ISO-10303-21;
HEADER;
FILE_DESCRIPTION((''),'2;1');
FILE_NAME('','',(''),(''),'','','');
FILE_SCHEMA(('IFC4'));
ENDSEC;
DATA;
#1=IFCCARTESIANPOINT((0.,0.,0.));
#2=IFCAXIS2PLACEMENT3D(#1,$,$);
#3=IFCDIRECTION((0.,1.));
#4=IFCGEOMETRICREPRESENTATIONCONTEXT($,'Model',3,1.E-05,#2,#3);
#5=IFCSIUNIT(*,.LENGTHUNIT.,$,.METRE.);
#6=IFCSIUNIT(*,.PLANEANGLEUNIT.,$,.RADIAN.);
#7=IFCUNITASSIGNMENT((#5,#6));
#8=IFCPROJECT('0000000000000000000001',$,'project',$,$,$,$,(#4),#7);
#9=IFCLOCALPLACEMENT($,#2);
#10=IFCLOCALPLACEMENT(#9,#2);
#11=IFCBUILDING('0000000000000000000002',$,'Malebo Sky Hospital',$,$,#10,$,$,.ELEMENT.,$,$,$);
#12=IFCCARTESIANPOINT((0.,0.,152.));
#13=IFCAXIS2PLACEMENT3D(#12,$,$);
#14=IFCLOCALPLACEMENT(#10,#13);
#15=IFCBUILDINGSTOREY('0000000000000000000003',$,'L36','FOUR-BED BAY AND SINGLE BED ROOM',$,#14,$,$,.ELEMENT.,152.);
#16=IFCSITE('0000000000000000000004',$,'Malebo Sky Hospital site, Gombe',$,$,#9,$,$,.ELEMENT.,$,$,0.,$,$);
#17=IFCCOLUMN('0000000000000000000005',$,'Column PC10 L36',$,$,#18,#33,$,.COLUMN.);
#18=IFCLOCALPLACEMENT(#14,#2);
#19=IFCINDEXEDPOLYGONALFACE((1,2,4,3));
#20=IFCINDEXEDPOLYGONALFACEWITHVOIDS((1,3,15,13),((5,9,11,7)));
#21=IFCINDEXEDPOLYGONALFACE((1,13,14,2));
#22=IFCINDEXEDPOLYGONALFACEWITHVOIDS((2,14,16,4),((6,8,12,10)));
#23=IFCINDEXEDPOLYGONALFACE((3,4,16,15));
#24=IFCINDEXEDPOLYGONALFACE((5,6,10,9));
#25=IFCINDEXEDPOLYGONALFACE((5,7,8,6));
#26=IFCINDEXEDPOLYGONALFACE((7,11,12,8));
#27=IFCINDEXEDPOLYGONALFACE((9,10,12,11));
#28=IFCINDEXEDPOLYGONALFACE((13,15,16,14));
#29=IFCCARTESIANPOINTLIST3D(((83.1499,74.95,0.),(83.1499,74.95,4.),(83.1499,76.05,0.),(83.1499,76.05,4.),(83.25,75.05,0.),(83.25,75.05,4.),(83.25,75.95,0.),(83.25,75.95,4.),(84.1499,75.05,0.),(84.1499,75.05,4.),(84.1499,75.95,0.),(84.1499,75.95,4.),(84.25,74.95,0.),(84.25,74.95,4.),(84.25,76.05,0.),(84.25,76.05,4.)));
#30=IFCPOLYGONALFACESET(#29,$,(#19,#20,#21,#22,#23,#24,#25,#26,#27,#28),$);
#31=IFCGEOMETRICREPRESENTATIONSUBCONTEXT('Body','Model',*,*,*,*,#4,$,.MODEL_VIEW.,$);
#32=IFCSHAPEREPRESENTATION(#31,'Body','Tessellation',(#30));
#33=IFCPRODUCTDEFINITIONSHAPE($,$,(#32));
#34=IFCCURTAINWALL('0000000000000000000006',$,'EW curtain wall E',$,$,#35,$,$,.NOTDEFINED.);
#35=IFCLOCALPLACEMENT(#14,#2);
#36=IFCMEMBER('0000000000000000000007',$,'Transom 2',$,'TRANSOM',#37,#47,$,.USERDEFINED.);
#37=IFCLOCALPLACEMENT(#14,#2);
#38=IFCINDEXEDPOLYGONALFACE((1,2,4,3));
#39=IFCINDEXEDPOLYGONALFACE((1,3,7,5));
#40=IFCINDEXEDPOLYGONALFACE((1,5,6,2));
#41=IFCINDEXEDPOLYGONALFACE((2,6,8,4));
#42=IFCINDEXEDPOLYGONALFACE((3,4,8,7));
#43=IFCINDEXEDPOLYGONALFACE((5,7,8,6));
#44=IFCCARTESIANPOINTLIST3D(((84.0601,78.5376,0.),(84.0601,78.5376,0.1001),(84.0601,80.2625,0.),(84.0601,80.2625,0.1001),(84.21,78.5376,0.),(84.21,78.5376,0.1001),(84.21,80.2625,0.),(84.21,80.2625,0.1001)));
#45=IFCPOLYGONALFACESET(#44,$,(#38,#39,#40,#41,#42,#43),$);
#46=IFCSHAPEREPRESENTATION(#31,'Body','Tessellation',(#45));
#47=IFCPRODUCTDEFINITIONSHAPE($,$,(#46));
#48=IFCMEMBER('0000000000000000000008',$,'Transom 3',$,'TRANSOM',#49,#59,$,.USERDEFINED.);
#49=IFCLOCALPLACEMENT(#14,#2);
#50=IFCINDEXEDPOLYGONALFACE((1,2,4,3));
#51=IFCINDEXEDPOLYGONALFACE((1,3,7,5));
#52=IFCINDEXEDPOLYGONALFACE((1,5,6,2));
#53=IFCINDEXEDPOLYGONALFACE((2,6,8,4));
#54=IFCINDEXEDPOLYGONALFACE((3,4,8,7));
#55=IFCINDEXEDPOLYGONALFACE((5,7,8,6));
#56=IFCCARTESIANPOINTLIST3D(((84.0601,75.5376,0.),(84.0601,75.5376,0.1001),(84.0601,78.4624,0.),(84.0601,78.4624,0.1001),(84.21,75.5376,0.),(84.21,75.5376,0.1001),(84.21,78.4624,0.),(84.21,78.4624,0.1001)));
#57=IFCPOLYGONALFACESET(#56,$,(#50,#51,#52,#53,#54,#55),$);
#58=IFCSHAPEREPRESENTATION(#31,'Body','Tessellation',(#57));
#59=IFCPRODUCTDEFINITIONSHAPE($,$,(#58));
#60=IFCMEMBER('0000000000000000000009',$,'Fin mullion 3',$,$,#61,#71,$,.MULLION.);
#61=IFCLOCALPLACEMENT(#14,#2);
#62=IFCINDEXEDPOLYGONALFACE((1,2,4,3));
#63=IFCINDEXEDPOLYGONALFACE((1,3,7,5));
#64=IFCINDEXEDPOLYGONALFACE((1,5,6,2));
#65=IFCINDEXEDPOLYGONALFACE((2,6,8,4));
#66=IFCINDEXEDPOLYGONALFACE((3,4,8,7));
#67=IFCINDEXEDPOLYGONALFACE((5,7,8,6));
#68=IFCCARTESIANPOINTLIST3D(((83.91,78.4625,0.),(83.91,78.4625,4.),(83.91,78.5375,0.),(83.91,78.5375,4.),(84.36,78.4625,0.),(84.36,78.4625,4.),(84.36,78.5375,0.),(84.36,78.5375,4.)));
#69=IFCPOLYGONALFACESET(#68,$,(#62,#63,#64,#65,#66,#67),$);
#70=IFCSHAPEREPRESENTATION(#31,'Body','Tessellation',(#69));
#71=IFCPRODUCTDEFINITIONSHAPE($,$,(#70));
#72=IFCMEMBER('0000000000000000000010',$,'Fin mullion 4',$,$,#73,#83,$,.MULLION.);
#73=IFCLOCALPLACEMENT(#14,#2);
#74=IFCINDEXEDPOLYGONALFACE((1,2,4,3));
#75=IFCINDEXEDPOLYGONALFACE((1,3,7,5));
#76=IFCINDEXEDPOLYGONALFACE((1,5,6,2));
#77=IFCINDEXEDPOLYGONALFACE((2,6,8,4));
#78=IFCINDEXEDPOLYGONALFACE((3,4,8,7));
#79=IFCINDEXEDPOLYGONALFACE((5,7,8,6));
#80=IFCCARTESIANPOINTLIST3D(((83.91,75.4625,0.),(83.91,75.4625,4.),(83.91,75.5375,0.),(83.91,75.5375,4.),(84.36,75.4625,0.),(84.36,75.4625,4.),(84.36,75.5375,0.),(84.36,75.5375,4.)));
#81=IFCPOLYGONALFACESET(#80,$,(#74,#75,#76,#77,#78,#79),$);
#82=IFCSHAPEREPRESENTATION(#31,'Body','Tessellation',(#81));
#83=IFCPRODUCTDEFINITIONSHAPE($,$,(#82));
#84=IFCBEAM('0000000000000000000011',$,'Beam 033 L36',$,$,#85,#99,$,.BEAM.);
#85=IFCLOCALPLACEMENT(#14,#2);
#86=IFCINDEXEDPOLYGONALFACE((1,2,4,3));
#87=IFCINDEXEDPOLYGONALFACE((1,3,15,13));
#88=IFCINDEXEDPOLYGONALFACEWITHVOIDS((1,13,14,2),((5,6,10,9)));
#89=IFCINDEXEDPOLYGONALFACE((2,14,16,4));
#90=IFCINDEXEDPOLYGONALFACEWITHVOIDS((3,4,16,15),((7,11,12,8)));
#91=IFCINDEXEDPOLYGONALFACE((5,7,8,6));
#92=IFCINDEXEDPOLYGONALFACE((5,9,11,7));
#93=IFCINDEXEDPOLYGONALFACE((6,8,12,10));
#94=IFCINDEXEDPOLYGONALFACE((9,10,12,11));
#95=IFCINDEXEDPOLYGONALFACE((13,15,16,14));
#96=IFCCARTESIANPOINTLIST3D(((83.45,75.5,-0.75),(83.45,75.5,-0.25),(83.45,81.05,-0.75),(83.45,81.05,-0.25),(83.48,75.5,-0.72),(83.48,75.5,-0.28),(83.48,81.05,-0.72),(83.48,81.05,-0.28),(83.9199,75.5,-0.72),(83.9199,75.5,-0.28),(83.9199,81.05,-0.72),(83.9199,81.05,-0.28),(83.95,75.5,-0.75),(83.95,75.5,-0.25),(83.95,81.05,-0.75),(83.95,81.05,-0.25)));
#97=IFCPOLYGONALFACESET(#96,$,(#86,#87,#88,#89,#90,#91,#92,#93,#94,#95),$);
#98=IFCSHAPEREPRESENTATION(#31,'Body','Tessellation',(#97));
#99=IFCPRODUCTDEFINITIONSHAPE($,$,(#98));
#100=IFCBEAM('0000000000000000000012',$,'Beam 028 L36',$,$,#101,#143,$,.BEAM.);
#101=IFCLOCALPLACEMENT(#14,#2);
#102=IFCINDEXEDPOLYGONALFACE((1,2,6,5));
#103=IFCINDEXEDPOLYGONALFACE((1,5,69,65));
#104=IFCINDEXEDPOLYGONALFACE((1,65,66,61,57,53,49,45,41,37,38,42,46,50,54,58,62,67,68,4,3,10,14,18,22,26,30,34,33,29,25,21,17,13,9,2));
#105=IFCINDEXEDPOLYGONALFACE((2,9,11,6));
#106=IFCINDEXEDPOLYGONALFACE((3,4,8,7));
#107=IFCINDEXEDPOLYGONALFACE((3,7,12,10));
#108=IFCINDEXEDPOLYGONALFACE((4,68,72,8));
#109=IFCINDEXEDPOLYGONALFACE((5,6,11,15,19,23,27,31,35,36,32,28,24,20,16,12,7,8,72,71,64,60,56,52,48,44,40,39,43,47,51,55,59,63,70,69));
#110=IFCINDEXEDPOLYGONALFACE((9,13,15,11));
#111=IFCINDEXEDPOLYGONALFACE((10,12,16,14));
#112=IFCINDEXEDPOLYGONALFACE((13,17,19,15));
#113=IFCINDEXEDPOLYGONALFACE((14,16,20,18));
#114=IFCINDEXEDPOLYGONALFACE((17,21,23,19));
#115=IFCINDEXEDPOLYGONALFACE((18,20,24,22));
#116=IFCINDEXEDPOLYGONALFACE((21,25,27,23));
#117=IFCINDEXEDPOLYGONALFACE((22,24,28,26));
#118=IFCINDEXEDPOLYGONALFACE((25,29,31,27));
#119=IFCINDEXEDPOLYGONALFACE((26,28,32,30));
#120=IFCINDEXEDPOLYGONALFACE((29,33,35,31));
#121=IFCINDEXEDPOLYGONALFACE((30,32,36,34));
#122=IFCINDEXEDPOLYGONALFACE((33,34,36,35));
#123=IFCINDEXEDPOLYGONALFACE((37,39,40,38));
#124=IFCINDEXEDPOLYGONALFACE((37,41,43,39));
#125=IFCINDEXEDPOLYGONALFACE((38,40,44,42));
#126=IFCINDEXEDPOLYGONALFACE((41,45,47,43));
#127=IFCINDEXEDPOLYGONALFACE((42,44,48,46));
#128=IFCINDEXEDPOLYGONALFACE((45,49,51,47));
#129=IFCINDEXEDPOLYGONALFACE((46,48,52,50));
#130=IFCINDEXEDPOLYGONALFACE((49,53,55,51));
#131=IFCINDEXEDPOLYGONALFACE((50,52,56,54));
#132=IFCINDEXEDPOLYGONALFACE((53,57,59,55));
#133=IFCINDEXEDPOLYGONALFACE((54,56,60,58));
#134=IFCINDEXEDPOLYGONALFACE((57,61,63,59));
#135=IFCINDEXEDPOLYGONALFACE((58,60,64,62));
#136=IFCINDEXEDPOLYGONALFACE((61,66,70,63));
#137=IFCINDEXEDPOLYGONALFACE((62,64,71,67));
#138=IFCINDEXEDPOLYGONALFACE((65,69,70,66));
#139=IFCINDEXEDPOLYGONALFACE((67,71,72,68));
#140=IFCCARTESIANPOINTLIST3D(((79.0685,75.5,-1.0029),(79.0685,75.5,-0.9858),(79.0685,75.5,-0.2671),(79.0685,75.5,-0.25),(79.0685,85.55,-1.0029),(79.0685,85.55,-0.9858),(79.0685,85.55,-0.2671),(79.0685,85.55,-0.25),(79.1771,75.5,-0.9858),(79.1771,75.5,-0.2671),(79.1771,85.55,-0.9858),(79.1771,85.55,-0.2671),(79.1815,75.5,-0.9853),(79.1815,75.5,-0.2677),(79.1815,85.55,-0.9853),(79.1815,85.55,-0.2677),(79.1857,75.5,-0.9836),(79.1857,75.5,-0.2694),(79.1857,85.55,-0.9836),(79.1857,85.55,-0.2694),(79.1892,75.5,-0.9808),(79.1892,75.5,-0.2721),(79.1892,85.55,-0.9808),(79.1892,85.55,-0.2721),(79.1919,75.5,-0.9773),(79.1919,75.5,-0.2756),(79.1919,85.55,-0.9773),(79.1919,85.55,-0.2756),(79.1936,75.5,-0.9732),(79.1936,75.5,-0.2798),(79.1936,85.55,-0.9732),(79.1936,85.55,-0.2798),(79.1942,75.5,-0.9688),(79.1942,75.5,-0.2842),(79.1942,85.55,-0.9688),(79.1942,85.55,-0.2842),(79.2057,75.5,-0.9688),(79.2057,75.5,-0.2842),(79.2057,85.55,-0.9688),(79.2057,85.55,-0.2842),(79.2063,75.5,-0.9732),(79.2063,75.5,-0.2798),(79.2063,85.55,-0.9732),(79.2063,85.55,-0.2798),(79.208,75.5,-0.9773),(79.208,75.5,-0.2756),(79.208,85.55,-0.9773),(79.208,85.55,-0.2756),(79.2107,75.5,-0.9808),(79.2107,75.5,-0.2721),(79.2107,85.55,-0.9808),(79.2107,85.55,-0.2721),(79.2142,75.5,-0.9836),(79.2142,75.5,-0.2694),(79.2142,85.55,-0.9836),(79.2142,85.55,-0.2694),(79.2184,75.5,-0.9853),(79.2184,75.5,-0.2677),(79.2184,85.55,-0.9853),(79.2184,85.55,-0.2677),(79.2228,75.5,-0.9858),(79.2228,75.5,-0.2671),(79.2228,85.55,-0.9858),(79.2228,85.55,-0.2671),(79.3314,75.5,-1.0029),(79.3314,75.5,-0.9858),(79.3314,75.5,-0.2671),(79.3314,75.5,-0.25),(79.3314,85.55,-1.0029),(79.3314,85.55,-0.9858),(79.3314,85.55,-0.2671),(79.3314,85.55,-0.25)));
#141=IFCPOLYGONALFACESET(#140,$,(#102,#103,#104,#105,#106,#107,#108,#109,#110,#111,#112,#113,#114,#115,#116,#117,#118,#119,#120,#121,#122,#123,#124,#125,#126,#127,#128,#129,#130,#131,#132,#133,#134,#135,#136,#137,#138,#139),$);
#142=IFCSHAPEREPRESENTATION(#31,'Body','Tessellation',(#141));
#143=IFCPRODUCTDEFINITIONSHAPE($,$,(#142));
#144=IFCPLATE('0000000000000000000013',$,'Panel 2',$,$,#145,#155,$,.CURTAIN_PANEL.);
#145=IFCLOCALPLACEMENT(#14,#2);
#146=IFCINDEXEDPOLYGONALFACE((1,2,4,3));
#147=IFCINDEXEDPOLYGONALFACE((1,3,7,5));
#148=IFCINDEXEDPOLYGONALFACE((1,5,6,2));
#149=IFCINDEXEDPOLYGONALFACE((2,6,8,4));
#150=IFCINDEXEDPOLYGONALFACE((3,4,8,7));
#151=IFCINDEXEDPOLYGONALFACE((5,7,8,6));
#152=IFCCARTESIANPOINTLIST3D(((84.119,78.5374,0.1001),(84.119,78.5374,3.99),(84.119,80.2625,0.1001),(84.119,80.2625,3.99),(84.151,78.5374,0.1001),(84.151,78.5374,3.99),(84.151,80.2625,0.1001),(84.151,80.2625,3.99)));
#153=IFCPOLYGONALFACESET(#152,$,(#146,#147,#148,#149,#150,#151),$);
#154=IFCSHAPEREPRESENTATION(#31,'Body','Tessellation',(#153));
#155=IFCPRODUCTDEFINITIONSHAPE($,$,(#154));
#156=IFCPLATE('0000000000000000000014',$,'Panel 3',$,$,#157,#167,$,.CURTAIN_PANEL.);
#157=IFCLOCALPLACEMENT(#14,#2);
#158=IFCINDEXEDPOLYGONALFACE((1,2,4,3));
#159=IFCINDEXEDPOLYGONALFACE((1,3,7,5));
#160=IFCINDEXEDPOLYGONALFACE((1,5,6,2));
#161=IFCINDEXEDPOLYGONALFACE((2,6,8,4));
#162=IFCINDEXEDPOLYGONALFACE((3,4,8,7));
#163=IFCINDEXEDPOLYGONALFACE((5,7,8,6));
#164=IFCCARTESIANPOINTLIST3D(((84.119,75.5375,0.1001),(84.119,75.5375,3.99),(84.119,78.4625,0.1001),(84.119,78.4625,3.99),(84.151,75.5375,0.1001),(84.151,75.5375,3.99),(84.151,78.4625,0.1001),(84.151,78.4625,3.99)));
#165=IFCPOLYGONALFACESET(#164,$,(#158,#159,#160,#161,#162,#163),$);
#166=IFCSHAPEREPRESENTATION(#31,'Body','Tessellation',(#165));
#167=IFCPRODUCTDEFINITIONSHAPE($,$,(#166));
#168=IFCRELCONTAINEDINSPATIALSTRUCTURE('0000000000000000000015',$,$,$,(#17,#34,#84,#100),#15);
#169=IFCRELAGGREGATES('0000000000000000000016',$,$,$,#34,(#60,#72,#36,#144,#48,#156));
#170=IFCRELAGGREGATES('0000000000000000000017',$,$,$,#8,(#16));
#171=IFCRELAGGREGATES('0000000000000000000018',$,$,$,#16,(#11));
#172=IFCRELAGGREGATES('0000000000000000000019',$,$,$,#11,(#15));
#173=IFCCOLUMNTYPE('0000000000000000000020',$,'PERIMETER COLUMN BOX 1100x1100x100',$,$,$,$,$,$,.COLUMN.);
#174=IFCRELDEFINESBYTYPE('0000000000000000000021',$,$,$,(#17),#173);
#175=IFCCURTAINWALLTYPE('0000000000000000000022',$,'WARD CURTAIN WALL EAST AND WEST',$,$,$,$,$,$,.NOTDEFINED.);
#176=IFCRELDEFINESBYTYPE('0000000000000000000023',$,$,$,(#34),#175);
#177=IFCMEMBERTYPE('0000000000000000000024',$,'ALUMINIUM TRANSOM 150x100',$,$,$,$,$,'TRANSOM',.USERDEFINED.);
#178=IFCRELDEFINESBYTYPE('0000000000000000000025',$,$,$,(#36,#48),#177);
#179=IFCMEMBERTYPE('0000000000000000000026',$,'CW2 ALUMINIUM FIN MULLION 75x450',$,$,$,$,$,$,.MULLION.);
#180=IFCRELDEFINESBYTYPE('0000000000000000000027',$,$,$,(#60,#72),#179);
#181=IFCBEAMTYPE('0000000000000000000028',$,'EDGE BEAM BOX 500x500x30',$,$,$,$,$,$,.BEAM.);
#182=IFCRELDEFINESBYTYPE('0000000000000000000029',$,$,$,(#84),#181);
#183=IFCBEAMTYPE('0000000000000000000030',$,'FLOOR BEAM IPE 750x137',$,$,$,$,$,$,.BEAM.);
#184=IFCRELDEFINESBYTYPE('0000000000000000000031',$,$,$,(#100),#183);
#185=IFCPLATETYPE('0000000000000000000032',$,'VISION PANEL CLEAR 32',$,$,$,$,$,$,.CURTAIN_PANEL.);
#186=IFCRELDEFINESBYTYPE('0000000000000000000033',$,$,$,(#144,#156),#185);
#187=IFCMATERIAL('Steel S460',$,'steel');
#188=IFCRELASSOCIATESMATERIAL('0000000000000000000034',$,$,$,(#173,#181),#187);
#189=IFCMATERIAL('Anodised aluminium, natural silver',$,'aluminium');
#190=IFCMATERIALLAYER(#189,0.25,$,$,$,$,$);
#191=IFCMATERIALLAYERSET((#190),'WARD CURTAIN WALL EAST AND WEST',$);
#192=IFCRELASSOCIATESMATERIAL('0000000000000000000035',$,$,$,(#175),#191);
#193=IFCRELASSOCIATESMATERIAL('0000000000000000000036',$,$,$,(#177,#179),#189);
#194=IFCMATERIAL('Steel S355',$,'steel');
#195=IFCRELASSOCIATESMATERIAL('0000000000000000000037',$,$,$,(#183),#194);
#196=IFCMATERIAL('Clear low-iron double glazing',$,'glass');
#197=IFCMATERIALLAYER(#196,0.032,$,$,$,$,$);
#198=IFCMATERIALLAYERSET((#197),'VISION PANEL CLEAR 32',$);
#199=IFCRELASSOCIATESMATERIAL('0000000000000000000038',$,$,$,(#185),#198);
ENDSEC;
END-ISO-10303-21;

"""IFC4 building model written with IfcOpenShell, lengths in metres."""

from ifc_helpers import new_model, si_unit, direction, frame, origin, origin_2d, place, context, subcontext, project, spatial, rectangle, hollow_rectangle, i_section, extrude, material, layer, layer_set, material_profile, profile_set, type_object, element, aggregate, save


model = new_model("IFC4")

# Units and contexts
model_context = context("Model", 3, precision=1e-05, world=origin(), true_north=direction((0.0, 1.0)))
body_context = subcontext(model_context, "Body", "Model", "MODEL_VIEW")
ifc_project = project(units=[si_unit("LENGTHUNIT", "METRE"), si_unit("PLANEANGLEUNIT", "RADIAN")], contexts=[model_context])

# Site, building, storey
site_placement = place(None, origin())
site = spatial("IfcSite", under=ifc_project, at=site_placement, Name="Malebo Sky Hospital site, Gombe", CompositionType="ELEMENT", RefElevation=0.0)
building_placement = place(site_placement, origin())
building = spatial("IfcBuilding", under=site, at=building_placement, Name="Malebo Sky Hospital", CompositionType="ELEMENT")
storey_placement = place(building_placement, frame((0.0, 0.0, 152.0)))
storey = spatial("IfcBuildingStorey", under=building, at=storey_placement, Name="L36", Description="FOUR-BED BAY AND SINGLE BED ROOM", CompositionType="ELEMENT", Elevation=152.0)

# Column
ifc_material_1 = material(Name="Steel S460", Category="steel")
ifc_material_profile_1 = material_profile(ifc_material_1, hollow_rectangle(XDim=1.1001, YDim=1.1001, WallThickness=0.1001, at=origin_2d()), Name="BOX 1100x1100x100")
ifc_profile_set_1 = profile_set([ifc_material_profile_1], Name="Steel S460")
column_type = type_object("IfcColumnType", Name="PERIMETER COLUMN BOX 1100x1100x100", PredefinedType="COLUMN", material=ifc_profile_set_1)
column_placement = place(storey_placement, frame((83.7, 75.5, 0.0), z_axis=(0.0, 0.0, 1.0), x_axis=(1.0, 0.0, 0.0)))
element("IfcColumn", 1, at=column_placement, inside=storey, type_object=column_type, Name="Column PC10 L36", PredefinedType="COLUMN", context=body_context, shape_type="SweptSolid", body=[
    extrude(hollow_rectangle(XDim=1.1001, YDim=1.1001, WallThickness=0.1001, at=origin_2d()), origin(), (0.0, 0.0, 1.0), 4.0),
])

# Curtain wall, members
ifc_material_2 = material(Name="Anodised aluminium, natural silver", Category="aluminium")
ifc_layer_1 = layer(ifc_material_2, 0.25)
ifc_layer_set_1 = layer_set([ifc_layer_1], Name="WARD CURTAIN WALL EAST AND WEST")
curtain_wall_type = type_object("IfcCurtainWallType", Name="WARD CURTAIN WALL EAST AND WEST", PredefinedType="NOTDEFINED", material=ifc_layer_set_1)
curtain_wall_placement = place(storey_placement, origin())
curtain_wall = element("IfcCurtainWall", 2, at=curtain_wall_placement, inside=storey, type_object=curtain_wall_type, Name="EW curtain wall E", PredefinedType="NOTDEFINED")
ifc_material_profile_2 = material_profile(ifc_material_2, rectangle(XDim=0.1499, YDim=0.1001, at=origin_2d()), Name="ALUMINIUM TRANSOM 150x100")
ifc_profile_set_2 = profile_set([ifc_material_profile_2], Name="Anodised aluminium, natural silver")
member_type_1 = type_object("IfcMemberType", Name="ALUMINIUM TRANSOM 150x100", ElementType="TRANSOM", PredefinedType="USERDEFINED", material=ifc_profile_set_2)
member_1_placement = place(storey_placement, frame((84.135, 80.2625, 0.05), z_axis=(0.0, -1.0, 0.0), x_axis=(1.0, 0.0, 0.0)))
member_1 = element("IfcMember", 3, at=member_1_placement, type_object=member_type_1, Name="Transom 2", ObjectType="TRANSOM", PredefinedType="USERDEFINED", context=body_context, shape_type="SweptSolid", body=[
    extrude(rectangle(XDim=0.1499, YDim=0.1001, at=origin_2d()), origin(), (0.0, 0.0, 1.0), 1.7249),
])
member_2_placement = place(storey_placement, frame((84.135, 78.4624, 0.05), z_axis=(0.0, -1.0, 0.0), x_axis=(1.0, 0.0, 0.0)))
member_2 = element("IfcMember", 4, at=member_2_placement, type_object=member_type_1, Name="Transom 3", ObjectType="TRANSOM", PredefinedType="USERDEFINED", context=body_context, shape_type="SweptSolid", body=[
    extrude(rectangle(XDim=0.1499, YDim=0.1001, at=origin_2d()), origin(), (0.0, 0.0, 1.0), 2.9248),
])
ifc_material_profile_3 = material_profile(ifc_material_2, rectangle(XDim=0.075, YDim=0.45, at=origin_2d()), Name="CW2 ALUMINIUM FIN MULLION 75x450")
ifc_profile_set_3 = profile_set([ifc_material_profile_3], Name="Anodised aluminium, natural silver")
member_type_2 = type_object("IfcMemberType", Name="CW2 ALUMINIUM FIN MULLION 75x450", PredefinedType="MULLION", material=ifc_profile_set_3)
member_3_placement = place(storey_placement, frame((84.135, 78.5, 0.0), z_axis=(0.0, 0.0, 1.0), x_axis=(0.0, -1.0, 0.0)))
member_3 = element("IfcMember", 5, at=member_3_placement, type_object=member_type_2, Name="Fin mullion 3", PredefinedType="MULLION", context=body_context, shape_type="SweptSolid", body=[
    extrude(rectangle(XDim=0.075, YDim=0.45, at=origin_2d()), origin(), (0.0, 0.0, 1.0), 4.0),
])
member_4_placement = place(storey_placement, frame((84.135, 75.5, 0.0), z_axis=(0.0, 0.0, 1.0), x_axis=(0.0, -1.0, 0.0)))
member_4 = element("IfcMember", 6, at=member_4_placement, type_object=member_type_2, Name="Fin mullion 4", PredefinedType="MULLION", context=body_context, shape_type="SweptSolid", body=[
    extrude(rectangle(XDim=0.075, YDim=0.45, at=origin_2d()), origin(), (0.0, 0.0, 1.0), 4.0),
])

# Beams
ifc_material_profile_4 = material_profile(ifc_material_1, hollow_rectangle(XDim=0.5, YDim=0.5, WallThickness=0.03, at=origin_2d()), Name="BOX 500x500x30")
ifc_profile_set_4 = profile_set([ifc_material_profile_4], Name="Steel S460")
beam_type_1 = type_object("IfcBeamType", Name="EDGE BEAM BOX 500x500x30", PredefinedType="BEAM", material=ifc_profile_set_4)
beam_1_placement = place(storey_placement, frame((83.7, 75.5, -0.5), z_axis=(0.0, 1.0, 0.0), x_axis=(-1.0, 0.0, 0.0)))
element("IfcBeam", 7, at=beam_1_placement, inside=storey, type_object=beam_type_1, Name="Beam 033 L36", PredefinedType="BEAM", context=body_context, shape_type="SweptSolid", body=[
    extrude(hollow_rectangle(XDim=0.5, YDim=0.5, WallThickness=0.03, at=origin_2d()), origin(), (0.0, 0.0, 1.0), 5.55),
])
ifc_material_3 = material(Name="Steel S355", Category="steel")
ifc_material_profile_5 = material_profile(ifc_material_3, i_section(OverallWidth=0.2629, OverallDepth=0.7529, WebThickness=0.0115, FlangeThickness=0.0171, FilletRadius=0.0171, at=origin_2d()), Name="IPE 750x137")
ifc_profile_set_5 = profile_set([ifc_material_profile_5], Name="Steel S355")
beam_type_2 = type_object("IfcBeamType", Name="FLOOR BEAM IPE 750x137", PredefinedType="BEAM", material=ifc_profile_set_5)
beam_2_placement = place(storey_placement, frame((79.2, 75.5, -0.6265), z_axis=(0.0, 1.0, 0.0), x_axis=(-1.0, 0.0, 0.0)))
element("IfcBeam", 8, at=beam_2_placement, inside=storey, type_object=beam_type_2, Name="Beam 028 L36", PredefinedType="BEAM", context=body_context, shape_type="SweptSolid", body=[
    extrude(i_section(OverallWidth=0.2629, OverallDepth=0.7529, WebThickness=0.0115, FlangeThickness=0.0171, FilletRadius=0.0171, at=origin_2d()), origin(), (0.0, 0.0, 1.0), 10.05),
])

# Plates
ifc_material_4 = material(Name="Clear low-iron double glazing", Category="glass")
ifc_layer_2 = layer(ifc_material_4, 0.032)
ifc_layer_set_2 = layer_set([ifc_layer_2], Name="VISION PANEL CLEAR 32")
plate_type = type_object("IfcPlateType", Name="VISION PANEL CLEAR 32", PredefinedType="CURTAIN_PANEL", material=ifc_layer_set_2)
plate_1_placement = place(storey_placement, frame((84.135, 79.3999, 0.1001), z_axis=(0.0, 0.0, 1.0), x_axis=(0.0, -1.0, 0.0)))
plate_1 = element("IfcPlate", 9, at=plate_1_placement, type_object=plate_type, Name="Panel 2", PredefinedType="CURTAIN_PANEL", context=body_context, shape_type="SweptSolid", body=[
    extrude(rectangle(XDim=1.7251, YDim=0.032, at=origin_2d()), origin(), (0.0, 0.0, 1.0), 3.8899),
])
plate_2_placement = place(storey_placement, frame((84.135, 77.0, 0.1001), z_axis=(0.0, 0.0, 1.0), x_axis=(0.0, -1.0, 0.0)))
plate_2 = element("IfcPlate", 10, at=plate_2_placement, type_object=plate_type, Name="Panel 3", PredefinedType="CURTAIN_PANEL", context=body_context, shape_type="SweptSolid", body=[
    extrude(rectangle(XDim=2.925, YDim=0.032, at=origin_2d()), origin(), (0.0, 0.0, 1.0), 3.8899),
])
aggregate(curtain_wall, [member_3, member_4, member_1, plate_1, member_2, plate_2])

save(model, "model.ifc")
